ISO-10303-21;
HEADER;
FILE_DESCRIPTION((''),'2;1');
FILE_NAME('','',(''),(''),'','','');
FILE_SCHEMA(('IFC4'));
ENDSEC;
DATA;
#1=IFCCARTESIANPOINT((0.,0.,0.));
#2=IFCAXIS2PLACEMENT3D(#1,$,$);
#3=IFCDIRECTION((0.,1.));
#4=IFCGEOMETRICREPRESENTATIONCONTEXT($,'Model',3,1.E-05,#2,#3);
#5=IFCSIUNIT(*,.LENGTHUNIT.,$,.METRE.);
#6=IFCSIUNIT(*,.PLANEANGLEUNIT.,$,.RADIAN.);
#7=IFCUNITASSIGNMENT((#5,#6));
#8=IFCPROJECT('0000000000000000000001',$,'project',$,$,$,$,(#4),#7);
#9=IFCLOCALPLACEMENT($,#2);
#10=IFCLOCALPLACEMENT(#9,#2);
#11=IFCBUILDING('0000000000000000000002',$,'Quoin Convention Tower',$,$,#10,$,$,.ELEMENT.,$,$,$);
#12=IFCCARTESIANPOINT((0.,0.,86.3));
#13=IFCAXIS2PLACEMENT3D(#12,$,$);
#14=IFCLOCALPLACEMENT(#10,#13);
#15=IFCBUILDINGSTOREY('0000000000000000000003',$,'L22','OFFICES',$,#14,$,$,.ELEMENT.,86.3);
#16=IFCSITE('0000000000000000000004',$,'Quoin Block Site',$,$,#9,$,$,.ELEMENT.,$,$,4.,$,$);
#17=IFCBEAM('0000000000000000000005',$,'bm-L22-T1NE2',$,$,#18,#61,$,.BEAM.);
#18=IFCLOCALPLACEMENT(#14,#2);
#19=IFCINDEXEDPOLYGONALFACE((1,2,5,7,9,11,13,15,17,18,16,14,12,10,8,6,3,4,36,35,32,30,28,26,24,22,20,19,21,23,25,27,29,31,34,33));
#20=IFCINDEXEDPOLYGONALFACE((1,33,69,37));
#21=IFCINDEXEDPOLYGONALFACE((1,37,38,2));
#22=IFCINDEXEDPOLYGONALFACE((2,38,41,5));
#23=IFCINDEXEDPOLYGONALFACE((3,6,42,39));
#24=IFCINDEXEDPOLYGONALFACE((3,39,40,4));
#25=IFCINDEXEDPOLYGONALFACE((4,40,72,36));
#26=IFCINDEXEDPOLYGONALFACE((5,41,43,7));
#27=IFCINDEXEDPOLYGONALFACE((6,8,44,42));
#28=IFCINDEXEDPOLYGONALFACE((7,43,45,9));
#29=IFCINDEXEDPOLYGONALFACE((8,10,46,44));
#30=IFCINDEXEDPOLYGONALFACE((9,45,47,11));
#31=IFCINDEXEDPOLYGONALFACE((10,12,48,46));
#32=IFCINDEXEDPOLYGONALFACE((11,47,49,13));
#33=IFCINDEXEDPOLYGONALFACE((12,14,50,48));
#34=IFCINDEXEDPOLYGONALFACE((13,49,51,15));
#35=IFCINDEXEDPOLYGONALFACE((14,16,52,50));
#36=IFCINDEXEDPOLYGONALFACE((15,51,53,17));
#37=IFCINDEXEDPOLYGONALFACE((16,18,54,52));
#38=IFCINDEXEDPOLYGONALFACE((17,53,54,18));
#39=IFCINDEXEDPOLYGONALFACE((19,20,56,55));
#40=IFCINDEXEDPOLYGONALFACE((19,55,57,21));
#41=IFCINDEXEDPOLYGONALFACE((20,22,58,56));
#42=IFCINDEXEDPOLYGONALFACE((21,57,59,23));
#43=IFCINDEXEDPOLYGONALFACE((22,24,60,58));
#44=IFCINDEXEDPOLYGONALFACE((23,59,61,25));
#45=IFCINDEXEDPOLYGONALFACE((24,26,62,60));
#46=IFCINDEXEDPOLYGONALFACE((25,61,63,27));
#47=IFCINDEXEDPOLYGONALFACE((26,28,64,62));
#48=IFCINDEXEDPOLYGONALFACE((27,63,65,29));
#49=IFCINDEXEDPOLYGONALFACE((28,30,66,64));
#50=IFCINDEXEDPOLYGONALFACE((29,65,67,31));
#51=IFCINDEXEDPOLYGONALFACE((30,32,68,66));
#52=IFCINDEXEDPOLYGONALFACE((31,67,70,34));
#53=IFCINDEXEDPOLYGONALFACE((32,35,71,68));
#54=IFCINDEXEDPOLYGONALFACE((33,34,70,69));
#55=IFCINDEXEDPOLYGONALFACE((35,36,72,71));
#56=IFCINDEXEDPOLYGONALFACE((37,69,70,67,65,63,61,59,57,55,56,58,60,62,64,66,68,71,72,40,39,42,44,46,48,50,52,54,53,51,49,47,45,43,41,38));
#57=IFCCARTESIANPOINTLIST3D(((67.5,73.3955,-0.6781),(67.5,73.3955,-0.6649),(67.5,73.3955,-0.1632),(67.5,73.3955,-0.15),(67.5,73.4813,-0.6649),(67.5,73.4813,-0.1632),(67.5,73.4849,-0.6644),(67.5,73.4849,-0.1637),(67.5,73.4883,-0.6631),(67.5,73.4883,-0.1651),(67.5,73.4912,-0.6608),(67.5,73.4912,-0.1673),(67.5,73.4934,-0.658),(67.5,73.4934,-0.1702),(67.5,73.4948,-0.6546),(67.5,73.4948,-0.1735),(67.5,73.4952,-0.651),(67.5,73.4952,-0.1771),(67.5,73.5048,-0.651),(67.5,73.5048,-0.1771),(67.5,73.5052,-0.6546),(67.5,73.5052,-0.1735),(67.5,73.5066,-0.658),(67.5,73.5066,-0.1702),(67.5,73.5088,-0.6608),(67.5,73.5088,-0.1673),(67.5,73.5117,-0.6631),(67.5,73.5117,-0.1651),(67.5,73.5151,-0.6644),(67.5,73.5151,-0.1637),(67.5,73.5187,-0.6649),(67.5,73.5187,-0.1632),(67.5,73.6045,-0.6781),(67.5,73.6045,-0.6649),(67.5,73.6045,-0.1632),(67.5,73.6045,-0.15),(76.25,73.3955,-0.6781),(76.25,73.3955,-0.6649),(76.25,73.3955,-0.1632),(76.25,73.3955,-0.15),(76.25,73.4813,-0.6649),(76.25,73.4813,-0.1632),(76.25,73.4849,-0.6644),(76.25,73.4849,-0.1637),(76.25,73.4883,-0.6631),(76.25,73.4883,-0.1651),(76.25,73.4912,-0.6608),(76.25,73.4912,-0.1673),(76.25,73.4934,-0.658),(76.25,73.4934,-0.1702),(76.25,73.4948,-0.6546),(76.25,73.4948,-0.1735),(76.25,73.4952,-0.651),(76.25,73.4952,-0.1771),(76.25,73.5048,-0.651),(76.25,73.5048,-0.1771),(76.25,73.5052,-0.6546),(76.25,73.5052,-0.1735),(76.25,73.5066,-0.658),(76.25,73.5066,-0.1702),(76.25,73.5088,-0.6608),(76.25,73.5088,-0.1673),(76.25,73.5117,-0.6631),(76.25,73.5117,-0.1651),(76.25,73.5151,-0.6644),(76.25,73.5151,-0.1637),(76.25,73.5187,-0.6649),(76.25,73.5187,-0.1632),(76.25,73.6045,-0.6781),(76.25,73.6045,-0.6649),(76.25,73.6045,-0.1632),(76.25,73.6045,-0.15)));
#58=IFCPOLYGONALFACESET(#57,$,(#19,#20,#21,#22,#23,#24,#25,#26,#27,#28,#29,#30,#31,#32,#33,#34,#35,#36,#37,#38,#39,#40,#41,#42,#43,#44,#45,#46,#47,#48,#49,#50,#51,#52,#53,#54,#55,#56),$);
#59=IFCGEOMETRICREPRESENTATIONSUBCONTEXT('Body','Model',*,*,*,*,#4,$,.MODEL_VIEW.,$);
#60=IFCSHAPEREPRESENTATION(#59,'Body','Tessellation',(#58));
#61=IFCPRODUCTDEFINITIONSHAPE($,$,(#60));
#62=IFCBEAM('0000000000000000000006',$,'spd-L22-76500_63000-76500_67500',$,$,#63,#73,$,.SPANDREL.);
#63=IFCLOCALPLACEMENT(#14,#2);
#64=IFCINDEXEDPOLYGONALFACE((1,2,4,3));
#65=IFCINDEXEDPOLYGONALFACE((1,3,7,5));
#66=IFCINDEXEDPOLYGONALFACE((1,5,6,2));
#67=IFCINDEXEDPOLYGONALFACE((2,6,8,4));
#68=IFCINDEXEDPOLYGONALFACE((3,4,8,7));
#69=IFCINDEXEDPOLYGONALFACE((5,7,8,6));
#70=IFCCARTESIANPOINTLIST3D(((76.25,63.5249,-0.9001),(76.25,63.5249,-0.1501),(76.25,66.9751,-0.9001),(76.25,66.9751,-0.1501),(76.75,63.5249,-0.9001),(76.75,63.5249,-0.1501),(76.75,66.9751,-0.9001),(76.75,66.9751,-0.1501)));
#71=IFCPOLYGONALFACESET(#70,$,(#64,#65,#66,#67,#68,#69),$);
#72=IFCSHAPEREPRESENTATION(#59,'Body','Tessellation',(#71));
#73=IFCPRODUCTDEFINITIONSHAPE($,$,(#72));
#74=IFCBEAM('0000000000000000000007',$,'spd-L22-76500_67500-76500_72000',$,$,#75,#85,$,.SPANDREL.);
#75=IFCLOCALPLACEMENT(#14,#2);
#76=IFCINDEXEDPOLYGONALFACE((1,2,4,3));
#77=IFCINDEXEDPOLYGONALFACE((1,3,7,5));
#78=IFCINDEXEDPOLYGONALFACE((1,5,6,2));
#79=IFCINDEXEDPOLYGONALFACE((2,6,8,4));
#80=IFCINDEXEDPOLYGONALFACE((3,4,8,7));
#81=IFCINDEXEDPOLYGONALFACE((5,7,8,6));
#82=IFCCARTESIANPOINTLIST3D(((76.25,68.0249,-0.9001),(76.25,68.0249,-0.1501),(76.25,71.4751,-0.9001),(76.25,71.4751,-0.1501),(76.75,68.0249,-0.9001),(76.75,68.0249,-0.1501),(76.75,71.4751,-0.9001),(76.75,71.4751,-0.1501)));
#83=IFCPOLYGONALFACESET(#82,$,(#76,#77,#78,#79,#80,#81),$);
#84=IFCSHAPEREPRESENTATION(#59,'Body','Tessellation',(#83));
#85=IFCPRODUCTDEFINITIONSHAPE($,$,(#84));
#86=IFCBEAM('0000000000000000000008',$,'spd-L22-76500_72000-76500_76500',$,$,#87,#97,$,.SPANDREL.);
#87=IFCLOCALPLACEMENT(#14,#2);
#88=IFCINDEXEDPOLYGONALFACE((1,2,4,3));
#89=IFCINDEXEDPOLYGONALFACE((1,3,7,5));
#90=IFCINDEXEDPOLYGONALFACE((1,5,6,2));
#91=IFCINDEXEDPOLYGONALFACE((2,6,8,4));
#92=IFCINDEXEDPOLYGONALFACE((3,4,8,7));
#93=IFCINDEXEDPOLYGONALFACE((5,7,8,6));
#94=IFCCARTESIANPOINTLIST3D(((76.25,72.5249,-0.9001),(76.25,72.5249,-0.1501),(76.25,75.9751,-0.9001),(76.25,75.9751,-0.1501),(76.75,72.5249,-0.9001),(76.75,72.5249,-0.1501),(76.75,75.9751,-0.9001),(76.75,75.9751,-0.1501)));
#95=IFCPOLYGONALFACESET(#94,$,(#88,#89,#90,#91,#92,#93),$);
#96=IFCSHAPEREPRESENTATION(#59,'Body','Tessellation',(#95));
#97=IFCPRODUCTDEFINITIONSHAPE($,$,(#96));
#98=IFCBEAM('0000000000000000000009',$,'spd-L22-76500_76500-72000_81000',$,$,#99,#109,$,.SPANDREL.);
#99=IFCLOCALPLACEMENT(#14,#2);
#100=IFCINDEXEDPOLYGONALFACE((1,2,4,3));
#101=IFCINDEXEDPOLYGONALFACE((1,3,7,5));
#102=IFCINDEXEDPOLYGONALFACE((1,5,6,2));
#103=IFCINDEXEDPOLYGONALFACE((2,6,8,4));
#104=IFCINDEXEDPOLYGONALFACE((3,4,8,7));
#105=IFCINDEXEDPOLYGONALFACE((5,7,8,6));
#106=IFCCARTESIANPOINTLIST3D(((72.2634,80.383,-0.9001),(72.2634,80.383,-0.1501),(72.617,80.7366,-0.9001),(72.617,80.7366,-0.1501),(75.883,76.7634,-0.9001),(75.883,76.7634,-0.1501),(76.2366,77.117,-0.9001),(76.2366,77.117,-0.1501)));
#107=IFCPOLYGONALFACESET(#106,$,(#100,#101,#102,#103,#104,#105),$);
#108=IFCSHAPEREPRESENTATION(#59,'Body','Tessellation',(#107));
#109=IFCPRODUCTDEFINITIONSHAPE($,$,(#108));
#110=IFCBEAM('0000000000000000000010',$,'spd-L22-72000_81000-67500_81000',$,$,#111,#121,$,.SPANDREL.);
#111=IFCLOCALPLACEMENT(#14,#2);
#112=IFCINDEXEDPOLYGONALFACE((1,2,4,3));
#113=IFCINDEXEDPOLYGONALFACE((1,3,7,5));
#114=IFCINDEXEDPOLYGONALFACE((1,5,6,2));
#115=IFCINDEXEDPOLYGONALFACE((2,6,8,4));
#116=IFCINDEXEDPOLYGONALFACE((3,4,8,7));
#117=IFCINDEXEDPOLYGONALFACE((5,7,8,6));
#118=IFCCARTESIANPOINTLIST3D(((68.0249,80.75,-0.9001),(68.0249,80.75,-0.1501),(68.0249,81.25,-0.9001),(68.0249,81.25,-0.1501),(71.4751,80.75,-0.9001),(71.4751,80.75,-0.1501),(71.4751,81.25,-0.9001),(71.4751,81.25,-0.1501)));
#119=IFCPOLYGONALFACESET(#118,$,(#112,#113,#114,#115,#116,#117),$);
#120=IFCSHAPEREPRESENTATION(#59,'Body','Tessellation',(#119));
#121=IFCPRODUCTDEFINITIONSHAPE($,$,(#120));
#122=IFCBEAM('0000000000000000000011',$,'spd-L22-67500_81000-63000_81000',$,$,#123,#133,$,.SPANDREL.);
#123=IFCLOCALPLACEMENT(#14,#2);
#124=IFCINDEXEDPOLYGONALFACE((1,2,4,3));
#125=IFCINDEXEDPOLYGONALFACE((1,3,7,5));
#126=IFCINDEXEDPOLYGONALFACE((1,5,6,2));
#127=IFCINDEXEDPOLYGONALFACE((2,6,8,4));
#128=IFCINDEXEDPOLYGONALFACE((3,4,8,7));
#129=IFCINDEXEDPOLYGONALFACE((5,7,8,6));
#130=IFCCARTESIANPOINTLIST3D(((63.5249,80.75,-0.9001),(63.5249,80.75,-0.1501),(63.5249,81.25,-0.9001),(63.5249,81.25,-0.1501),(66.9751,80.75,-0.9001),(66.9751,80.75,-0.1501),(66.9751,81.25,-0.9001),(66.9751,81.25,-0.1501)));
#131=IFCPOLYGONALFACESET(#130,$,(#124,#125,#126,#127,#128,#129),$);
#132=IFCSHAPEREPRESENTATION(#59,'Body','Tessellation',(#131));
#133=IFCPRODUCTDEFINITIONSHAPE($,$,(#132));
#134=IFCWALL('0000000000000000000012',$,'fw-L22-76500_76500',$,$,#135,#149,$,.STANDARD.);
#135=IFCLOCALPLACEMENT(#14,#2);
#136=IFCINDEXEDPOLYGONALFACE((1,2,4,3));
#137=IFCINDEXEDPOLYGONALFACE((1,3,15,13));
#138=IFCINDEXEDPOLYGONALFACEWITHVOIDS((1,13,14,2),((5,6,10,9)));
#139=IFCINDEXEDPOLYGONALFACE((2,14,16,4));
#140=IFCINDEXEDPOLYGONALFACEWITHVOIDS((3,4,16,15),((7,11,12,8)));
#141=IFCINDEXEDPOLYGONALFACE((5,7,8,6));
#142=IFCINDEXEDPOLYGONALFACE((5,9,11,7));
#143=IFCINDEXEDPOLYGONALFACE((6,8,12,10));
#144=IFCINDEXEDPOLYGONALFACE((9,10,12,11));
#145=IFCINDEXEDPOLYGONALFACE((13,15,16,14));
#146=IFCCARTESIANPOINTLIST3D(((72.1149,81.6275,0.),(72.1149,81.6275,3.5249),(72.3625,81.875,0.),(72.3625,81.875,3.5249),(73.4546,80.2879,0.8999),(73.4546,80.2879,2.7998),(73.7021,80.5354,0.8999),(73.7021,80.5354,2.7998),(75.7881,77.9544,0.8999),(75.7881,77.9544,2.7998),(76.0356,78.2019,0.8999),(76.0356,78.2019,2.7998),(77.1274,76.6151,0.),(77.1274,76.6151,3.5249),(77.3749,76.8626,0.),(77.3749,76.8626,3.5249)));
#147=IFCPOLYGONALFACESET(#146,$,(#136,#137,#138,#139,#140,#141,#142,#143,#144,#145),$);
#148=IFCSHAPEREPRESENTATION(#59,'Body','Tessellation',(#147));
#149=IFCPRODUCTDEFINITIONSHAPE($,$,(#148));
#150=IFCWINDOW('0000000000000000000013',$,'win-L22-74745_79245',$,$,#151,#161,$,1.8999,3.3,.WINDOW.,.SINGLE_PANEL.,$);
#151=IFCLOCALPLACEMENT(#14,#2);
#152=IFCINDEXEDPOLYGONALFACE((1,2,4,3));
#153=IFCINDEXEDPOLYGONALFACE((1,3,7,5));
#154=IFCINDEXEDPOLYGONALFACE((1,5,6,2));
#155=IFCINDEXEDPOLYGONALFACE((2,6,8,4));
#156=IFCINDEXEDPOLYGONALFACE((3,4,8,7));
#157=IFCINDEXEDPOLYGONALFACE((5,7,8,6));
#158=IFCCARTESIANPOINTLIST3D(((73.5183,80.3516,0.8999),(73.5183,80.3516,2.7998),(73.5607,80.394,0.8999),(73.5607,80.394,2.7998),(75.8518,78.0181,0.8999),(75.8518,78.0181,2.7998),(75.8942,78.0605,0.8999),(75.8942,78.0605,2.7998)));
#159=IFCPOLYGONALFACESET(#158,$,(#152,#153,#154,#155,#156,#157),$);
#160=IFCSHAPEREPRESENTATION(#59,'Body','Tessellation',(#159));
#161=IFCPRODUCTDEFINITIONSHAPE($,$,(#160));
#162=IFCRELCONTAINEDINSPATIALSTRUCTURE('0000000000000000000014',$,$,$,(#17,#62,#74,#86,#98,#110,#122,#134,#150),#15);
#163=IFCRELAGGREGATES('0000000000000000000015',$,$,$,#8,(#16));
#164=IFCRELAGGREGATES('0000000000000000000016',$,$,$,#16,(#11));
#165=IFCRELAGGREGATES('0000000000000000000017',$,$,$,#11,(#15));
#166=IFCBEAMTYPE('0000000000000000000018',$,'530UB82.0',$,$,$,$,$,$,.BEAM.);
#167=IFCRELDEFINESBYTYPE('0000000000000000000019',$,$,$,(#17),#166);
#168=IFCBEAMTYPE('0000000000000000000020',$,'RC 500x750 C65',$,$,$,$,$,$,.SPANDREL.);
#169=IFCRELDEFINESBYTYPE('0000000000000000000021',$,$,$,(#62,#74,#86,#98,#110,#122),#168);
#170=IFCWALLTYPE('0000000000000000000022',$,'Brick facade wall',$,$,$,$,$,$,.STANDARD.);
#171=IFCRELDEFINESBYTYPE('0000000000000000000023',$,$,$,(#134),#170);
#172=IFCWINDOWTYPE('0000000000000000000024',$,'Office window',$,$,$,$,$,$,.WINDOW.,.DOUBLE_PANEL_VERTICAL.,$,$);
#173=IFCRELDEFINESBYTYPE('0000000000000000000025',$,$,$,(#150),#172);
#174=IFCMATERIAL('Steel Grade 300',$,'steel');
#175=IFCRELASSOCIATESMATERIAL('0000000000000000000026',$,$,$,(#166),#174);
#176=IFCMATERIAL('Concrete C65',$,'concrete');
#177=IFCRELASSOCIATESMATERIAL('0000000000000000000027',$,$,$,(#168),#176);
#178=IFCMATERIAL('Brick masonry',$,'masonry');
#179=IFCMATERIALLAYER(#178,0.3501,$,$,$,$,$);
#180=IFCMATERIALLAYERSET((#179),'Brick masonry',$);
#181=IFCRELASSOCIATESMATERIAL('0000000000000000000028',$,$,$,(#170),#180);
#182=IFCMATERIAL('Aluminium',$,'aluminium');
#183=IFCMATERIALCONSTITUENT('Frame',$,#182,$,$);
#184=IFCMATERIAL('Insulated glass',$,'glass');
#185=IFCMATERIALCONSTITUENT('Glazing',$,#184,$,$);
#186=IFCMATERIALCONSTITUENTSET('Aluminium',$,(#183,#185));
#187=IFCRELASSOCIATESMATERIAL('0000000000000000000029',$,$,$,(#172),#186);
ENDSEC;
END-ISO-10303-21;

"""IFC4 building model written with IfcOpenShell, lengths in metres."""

from ifc_helpers import new_model, si_unit, direction, frame, frame_2d, origin, origin_2d, place, context, subcontext, project, spatial, rectangle, i_section, extrude, material, layer, layer_set, constituent, constituent_set, material_profile, profile_set, type_object, element, fill, save


model = new_model("IFC4")

# Units and contexts
model_context = context("Model", 3, precision=1e-05, world=origin(), true_north=direction((0.0, 1.0)))
body_context = subcontext(model_context, "Body", "Model", "MODEL_VIEW")
ifc_project = project(units=[si_unit("LENGTHUNIT", "METRE"), si_unit("PLANEANGLEUNIT", "RADIAN")], contexts=[model_context])

# Site, building, storey
site_placement = place(None, origin())
site = spatial("IfcSite", under=ifc_project, at=site_placement, Name="Quoin Block Site", CompositionType="ELEMENT", RefElevation=4.0)
building_placement = place(site_placement, origin())
building = spatial("IfcBuilding", under=site, at=building_placement, Name="Quoin Convention Tower", CompositionType="ELEMENT")
storey_placement = place(building_placement, frame((0.0, 0.0, 86.3)))
storey = spatial("IfcBuildingStorey", under=building, at=storey_placement, Name="L22", Description="OFFICES", CompositionType="ELEMENT", Elevation=86.3)

# Shared definitions
ifc_material_1 = material(Name="Concrete C65", Category="concrete")

# Beams
ifc_material_2 = material(Name="Steel Grade 300", Category="steel")
ifc_material_profile_1 = material_profile(ifc_material_2, i_section(OverallWidth=0.209, OverallDepth=0.5281, WebThickness=0.0095, FlangeThickness=0.0132, FilletRadius=0.0139, at=origin_2d()), Name="530UB82.0")
ifc_profile_set_1 = profile_set([ifc_material_profile_1], Name="Steel Grade 300")
beam_type_1 = type_object("IfcBeamType", Name="530UB82.0", PredefinedType="BEAM", material=ifc_profile_set_1)
beam_1_placement = place(storey_placement, frame((67.5, 73.5, -0.4141), z_axis=(1.0, 0.0, 0.0), x_axis=(0.0, 1.0, 0.0)))
element("IfcBeam", 1, at=beam_1_placement, inside=storey, type_object=beam_type_1, Name="bm-L22-T1NE2", PredefinedType="BEAM", context=body_context, shape_type="SweptSolid", body=[
    extrude(i_section(OverallWidth=0.209, OverallDepth=0.5281, WebThickness=0.0095, FlangeThickness=0.0132, FilletRadius=0.0139, at=origin_2d()), origin(), (0.0, 0.0, 1.0), 8.75),
])
ifc_material_profile_2 = material_profile(ifc_material_1, rectangle(XDim=0.5, YDim=0.75, at=origin_2d()), Name="RC 500x750")
ifc_profile_set_2 = profile_set([ifc_material_profile_2], Name="Concrete C65")
beam_type_2 = type_object("IfcBeamType", Name="RC 500x750 C65", PredefinedType="SPANDREL", material=ifc_profile_set_2)
for number, where, z_axis, x_axis, name in (
    (2, (76.5, 63.5249, -0.5251), (0.0, 1.0, 0.0), (-1.0, 0.0, 0.0), "spd-L22-76500_63000-76500_67500"),
    (3, (76.5, 68.0249, -0.5251), (0.0, 1.0, 0.0), (-1.0, 0.0, 0.0), "spd-L22-76500_67500-76500_72000"),
    (4, (76.5, 72.5249, -0.5251), (0.0, 1.0, 0.0), (-1.0, 0.0, 0.0), "spd-L22-76500_72000-76500_76500"),
):
    element("IfcBeam", number, at=place(storey_placement, frame(where, z_axis=z_axis, x_axis=x_axis)), inside=storey, type_object=beam_type_2, Name=name, PredefinedType="SPANDREL", context=body_context, shape_type="SweptSolid", body=[
        extrude(rectangle(XDim=0.5, YDim=0.75, at=origin_2d()), origin(), (0.0, 0.0, 1.0), 3.4502),
    ])
beam_2_placement = place(storey_placement, frame((76.0598, 76.9402, -0.5251), z_axis=(-0.707107, 0.707107, 0.0), x_axis=(-0.707107, -0.707107, 0.0)))
element("IfcBeam", 5, at=beam_2_placement, inside=storey, type_object=beam_type_2, Name="spd-L22-76500_76500-72000_81000", PredefinedType="SPANDREL", context=body_context, shape_type="SweptSolid", body=[
    extrude(rectangle(XDim=0.5, YDim=0.75, at=origin_2d()), origin(), (0.0, 0.0, 1.0), 5.1189),
])
for number, where, z_axis, x_axis, name in (
    (6, (71.4751, 81.0, -0.5251), (-1.0, 0.0, 0.0), (0.0, -1.0, 0.0), "spd-L22-72000_81000-67500_81000"),
    (7, (66.9751, 81.0, -0.5251), (-1.0, 0.0, 0.0), (0.0, -1.0, 0.0), "spd-L22-67500_81000-63000_81000"),
):
    element("IfcBeam", number, at=place(storey_placement, frame(where, z_axis=z_axis, x_axis=x_axis)), inside=storey, type_object=beam_type_2, Name=name, PredefinedType="SPANDREL", context=body_context, shape_type="SweptSolid", body=[
        extrude(rectangle(XDim=0.5, YDim=0.75, at=origin_2d()), origin(), (0.0, 0.0, 1.0), 3.4502),
    ])

# Wall, opening, window
ifc_material_3 = material(Name="Brick masonry", Category="masonry")
ifc_layer_1 = layer(ifc_material_3, 0.3501)
ifc_layer_set_1 = layer_set([ifc_layer_1], Name="Brick masonry")
wall_type_1 = type_object("IfcWallType", Name="Brick facade wall", PredefinedType="STANDARD", material=ifc_layer_set_1)
wall_1_placement = place(storey_placement, frame((77.2512, 76.7388, 0.0), z_axis=(0.0, 0.0, 1.0), x_axis=(-0.707107, 0.707107, 0.0)))
wall_1 = element("IfcWall", 8, at=wall_1_placement, inside=storey, type_object=wall_type_1, Name="fw-L22-76500_76500", PredefinedType="STANDARD", context=body_context, shape_type="SweptSolid", body=[
    extrude(rectangle(XDim=7.0886, YDim=0.3501, at=frame_2d((3.5444, 0.0))), origin(), (0.0, 0.0, 1.0), 3.5249),
])
opening_1_placement = place(wall_1_placement, frame((1.8943, 0.0, 0.8999)))
opening_1 = element("IfcOpeningElement", 9, at=opening_1_placement, cuts=wall_1, PredefinedType="OPENING", context=body_context, shape_type="SweptSolid", body=[
    extrude(rectangle(XDim=3.3, YDim=1.8999, at=frame_2d((1.6499, 0.95))), frame((0.0, 0.1851, 0.0), z_axis=(0.0, -1.0, 0.0), x_axis=(1.0, 0.0, 0.0)), (0.0, 0.0, 1.0), 0.3701),
])
ifc_material_4 = material(Name="Aluminium", Category="aluminium")
ifc_constituent_1 = constituent(ifc_material_4, Name="Frame")
ifc_material_5 = material(Name="Insulated glass", Category="glass")
ifc_constituent_2 = constituent(ifc_material_5, Name="Glazing")
ifc_constituent_set = constituent_set(constituents=[ifc_constituent_1, ifc_constituent_2], Name="Aluminium")
window_type = type_object("IfcWindowType", Name="Office window", PartitioningType="DOUBLE_PANEL_VERTICAL", PredefinedType="WINDOW", material=ifc_constituent_set)
window_1_placement = place(opening_1_placement, origin())
window_1 = element("IfcWindow", 10, at=window_1_placement, inside=storey, type_object=window_type, Name="win-L22-74745_79245", OverallHeight=1.8999, OverallWidth=3.3, PartitioningType="SINGLE_PANEL", PredefinedType="WINDOW", context=body_context, shape_type="SweptSolid", body=[
    extrude(rectangle(XDim=3.3, YDim=1.8999, at=frame_2d((1.6499, 0.95))), frame((0.0, 0.085, 0.0), z_axis=(0.0, -1.0, 0.0), x_axis=(1.0, 0.0, 0.0)), (0.0, 0.0, 1.0), 0.0601),
])
fill(opening_1, window_1)

save(model, "model.ifc")
